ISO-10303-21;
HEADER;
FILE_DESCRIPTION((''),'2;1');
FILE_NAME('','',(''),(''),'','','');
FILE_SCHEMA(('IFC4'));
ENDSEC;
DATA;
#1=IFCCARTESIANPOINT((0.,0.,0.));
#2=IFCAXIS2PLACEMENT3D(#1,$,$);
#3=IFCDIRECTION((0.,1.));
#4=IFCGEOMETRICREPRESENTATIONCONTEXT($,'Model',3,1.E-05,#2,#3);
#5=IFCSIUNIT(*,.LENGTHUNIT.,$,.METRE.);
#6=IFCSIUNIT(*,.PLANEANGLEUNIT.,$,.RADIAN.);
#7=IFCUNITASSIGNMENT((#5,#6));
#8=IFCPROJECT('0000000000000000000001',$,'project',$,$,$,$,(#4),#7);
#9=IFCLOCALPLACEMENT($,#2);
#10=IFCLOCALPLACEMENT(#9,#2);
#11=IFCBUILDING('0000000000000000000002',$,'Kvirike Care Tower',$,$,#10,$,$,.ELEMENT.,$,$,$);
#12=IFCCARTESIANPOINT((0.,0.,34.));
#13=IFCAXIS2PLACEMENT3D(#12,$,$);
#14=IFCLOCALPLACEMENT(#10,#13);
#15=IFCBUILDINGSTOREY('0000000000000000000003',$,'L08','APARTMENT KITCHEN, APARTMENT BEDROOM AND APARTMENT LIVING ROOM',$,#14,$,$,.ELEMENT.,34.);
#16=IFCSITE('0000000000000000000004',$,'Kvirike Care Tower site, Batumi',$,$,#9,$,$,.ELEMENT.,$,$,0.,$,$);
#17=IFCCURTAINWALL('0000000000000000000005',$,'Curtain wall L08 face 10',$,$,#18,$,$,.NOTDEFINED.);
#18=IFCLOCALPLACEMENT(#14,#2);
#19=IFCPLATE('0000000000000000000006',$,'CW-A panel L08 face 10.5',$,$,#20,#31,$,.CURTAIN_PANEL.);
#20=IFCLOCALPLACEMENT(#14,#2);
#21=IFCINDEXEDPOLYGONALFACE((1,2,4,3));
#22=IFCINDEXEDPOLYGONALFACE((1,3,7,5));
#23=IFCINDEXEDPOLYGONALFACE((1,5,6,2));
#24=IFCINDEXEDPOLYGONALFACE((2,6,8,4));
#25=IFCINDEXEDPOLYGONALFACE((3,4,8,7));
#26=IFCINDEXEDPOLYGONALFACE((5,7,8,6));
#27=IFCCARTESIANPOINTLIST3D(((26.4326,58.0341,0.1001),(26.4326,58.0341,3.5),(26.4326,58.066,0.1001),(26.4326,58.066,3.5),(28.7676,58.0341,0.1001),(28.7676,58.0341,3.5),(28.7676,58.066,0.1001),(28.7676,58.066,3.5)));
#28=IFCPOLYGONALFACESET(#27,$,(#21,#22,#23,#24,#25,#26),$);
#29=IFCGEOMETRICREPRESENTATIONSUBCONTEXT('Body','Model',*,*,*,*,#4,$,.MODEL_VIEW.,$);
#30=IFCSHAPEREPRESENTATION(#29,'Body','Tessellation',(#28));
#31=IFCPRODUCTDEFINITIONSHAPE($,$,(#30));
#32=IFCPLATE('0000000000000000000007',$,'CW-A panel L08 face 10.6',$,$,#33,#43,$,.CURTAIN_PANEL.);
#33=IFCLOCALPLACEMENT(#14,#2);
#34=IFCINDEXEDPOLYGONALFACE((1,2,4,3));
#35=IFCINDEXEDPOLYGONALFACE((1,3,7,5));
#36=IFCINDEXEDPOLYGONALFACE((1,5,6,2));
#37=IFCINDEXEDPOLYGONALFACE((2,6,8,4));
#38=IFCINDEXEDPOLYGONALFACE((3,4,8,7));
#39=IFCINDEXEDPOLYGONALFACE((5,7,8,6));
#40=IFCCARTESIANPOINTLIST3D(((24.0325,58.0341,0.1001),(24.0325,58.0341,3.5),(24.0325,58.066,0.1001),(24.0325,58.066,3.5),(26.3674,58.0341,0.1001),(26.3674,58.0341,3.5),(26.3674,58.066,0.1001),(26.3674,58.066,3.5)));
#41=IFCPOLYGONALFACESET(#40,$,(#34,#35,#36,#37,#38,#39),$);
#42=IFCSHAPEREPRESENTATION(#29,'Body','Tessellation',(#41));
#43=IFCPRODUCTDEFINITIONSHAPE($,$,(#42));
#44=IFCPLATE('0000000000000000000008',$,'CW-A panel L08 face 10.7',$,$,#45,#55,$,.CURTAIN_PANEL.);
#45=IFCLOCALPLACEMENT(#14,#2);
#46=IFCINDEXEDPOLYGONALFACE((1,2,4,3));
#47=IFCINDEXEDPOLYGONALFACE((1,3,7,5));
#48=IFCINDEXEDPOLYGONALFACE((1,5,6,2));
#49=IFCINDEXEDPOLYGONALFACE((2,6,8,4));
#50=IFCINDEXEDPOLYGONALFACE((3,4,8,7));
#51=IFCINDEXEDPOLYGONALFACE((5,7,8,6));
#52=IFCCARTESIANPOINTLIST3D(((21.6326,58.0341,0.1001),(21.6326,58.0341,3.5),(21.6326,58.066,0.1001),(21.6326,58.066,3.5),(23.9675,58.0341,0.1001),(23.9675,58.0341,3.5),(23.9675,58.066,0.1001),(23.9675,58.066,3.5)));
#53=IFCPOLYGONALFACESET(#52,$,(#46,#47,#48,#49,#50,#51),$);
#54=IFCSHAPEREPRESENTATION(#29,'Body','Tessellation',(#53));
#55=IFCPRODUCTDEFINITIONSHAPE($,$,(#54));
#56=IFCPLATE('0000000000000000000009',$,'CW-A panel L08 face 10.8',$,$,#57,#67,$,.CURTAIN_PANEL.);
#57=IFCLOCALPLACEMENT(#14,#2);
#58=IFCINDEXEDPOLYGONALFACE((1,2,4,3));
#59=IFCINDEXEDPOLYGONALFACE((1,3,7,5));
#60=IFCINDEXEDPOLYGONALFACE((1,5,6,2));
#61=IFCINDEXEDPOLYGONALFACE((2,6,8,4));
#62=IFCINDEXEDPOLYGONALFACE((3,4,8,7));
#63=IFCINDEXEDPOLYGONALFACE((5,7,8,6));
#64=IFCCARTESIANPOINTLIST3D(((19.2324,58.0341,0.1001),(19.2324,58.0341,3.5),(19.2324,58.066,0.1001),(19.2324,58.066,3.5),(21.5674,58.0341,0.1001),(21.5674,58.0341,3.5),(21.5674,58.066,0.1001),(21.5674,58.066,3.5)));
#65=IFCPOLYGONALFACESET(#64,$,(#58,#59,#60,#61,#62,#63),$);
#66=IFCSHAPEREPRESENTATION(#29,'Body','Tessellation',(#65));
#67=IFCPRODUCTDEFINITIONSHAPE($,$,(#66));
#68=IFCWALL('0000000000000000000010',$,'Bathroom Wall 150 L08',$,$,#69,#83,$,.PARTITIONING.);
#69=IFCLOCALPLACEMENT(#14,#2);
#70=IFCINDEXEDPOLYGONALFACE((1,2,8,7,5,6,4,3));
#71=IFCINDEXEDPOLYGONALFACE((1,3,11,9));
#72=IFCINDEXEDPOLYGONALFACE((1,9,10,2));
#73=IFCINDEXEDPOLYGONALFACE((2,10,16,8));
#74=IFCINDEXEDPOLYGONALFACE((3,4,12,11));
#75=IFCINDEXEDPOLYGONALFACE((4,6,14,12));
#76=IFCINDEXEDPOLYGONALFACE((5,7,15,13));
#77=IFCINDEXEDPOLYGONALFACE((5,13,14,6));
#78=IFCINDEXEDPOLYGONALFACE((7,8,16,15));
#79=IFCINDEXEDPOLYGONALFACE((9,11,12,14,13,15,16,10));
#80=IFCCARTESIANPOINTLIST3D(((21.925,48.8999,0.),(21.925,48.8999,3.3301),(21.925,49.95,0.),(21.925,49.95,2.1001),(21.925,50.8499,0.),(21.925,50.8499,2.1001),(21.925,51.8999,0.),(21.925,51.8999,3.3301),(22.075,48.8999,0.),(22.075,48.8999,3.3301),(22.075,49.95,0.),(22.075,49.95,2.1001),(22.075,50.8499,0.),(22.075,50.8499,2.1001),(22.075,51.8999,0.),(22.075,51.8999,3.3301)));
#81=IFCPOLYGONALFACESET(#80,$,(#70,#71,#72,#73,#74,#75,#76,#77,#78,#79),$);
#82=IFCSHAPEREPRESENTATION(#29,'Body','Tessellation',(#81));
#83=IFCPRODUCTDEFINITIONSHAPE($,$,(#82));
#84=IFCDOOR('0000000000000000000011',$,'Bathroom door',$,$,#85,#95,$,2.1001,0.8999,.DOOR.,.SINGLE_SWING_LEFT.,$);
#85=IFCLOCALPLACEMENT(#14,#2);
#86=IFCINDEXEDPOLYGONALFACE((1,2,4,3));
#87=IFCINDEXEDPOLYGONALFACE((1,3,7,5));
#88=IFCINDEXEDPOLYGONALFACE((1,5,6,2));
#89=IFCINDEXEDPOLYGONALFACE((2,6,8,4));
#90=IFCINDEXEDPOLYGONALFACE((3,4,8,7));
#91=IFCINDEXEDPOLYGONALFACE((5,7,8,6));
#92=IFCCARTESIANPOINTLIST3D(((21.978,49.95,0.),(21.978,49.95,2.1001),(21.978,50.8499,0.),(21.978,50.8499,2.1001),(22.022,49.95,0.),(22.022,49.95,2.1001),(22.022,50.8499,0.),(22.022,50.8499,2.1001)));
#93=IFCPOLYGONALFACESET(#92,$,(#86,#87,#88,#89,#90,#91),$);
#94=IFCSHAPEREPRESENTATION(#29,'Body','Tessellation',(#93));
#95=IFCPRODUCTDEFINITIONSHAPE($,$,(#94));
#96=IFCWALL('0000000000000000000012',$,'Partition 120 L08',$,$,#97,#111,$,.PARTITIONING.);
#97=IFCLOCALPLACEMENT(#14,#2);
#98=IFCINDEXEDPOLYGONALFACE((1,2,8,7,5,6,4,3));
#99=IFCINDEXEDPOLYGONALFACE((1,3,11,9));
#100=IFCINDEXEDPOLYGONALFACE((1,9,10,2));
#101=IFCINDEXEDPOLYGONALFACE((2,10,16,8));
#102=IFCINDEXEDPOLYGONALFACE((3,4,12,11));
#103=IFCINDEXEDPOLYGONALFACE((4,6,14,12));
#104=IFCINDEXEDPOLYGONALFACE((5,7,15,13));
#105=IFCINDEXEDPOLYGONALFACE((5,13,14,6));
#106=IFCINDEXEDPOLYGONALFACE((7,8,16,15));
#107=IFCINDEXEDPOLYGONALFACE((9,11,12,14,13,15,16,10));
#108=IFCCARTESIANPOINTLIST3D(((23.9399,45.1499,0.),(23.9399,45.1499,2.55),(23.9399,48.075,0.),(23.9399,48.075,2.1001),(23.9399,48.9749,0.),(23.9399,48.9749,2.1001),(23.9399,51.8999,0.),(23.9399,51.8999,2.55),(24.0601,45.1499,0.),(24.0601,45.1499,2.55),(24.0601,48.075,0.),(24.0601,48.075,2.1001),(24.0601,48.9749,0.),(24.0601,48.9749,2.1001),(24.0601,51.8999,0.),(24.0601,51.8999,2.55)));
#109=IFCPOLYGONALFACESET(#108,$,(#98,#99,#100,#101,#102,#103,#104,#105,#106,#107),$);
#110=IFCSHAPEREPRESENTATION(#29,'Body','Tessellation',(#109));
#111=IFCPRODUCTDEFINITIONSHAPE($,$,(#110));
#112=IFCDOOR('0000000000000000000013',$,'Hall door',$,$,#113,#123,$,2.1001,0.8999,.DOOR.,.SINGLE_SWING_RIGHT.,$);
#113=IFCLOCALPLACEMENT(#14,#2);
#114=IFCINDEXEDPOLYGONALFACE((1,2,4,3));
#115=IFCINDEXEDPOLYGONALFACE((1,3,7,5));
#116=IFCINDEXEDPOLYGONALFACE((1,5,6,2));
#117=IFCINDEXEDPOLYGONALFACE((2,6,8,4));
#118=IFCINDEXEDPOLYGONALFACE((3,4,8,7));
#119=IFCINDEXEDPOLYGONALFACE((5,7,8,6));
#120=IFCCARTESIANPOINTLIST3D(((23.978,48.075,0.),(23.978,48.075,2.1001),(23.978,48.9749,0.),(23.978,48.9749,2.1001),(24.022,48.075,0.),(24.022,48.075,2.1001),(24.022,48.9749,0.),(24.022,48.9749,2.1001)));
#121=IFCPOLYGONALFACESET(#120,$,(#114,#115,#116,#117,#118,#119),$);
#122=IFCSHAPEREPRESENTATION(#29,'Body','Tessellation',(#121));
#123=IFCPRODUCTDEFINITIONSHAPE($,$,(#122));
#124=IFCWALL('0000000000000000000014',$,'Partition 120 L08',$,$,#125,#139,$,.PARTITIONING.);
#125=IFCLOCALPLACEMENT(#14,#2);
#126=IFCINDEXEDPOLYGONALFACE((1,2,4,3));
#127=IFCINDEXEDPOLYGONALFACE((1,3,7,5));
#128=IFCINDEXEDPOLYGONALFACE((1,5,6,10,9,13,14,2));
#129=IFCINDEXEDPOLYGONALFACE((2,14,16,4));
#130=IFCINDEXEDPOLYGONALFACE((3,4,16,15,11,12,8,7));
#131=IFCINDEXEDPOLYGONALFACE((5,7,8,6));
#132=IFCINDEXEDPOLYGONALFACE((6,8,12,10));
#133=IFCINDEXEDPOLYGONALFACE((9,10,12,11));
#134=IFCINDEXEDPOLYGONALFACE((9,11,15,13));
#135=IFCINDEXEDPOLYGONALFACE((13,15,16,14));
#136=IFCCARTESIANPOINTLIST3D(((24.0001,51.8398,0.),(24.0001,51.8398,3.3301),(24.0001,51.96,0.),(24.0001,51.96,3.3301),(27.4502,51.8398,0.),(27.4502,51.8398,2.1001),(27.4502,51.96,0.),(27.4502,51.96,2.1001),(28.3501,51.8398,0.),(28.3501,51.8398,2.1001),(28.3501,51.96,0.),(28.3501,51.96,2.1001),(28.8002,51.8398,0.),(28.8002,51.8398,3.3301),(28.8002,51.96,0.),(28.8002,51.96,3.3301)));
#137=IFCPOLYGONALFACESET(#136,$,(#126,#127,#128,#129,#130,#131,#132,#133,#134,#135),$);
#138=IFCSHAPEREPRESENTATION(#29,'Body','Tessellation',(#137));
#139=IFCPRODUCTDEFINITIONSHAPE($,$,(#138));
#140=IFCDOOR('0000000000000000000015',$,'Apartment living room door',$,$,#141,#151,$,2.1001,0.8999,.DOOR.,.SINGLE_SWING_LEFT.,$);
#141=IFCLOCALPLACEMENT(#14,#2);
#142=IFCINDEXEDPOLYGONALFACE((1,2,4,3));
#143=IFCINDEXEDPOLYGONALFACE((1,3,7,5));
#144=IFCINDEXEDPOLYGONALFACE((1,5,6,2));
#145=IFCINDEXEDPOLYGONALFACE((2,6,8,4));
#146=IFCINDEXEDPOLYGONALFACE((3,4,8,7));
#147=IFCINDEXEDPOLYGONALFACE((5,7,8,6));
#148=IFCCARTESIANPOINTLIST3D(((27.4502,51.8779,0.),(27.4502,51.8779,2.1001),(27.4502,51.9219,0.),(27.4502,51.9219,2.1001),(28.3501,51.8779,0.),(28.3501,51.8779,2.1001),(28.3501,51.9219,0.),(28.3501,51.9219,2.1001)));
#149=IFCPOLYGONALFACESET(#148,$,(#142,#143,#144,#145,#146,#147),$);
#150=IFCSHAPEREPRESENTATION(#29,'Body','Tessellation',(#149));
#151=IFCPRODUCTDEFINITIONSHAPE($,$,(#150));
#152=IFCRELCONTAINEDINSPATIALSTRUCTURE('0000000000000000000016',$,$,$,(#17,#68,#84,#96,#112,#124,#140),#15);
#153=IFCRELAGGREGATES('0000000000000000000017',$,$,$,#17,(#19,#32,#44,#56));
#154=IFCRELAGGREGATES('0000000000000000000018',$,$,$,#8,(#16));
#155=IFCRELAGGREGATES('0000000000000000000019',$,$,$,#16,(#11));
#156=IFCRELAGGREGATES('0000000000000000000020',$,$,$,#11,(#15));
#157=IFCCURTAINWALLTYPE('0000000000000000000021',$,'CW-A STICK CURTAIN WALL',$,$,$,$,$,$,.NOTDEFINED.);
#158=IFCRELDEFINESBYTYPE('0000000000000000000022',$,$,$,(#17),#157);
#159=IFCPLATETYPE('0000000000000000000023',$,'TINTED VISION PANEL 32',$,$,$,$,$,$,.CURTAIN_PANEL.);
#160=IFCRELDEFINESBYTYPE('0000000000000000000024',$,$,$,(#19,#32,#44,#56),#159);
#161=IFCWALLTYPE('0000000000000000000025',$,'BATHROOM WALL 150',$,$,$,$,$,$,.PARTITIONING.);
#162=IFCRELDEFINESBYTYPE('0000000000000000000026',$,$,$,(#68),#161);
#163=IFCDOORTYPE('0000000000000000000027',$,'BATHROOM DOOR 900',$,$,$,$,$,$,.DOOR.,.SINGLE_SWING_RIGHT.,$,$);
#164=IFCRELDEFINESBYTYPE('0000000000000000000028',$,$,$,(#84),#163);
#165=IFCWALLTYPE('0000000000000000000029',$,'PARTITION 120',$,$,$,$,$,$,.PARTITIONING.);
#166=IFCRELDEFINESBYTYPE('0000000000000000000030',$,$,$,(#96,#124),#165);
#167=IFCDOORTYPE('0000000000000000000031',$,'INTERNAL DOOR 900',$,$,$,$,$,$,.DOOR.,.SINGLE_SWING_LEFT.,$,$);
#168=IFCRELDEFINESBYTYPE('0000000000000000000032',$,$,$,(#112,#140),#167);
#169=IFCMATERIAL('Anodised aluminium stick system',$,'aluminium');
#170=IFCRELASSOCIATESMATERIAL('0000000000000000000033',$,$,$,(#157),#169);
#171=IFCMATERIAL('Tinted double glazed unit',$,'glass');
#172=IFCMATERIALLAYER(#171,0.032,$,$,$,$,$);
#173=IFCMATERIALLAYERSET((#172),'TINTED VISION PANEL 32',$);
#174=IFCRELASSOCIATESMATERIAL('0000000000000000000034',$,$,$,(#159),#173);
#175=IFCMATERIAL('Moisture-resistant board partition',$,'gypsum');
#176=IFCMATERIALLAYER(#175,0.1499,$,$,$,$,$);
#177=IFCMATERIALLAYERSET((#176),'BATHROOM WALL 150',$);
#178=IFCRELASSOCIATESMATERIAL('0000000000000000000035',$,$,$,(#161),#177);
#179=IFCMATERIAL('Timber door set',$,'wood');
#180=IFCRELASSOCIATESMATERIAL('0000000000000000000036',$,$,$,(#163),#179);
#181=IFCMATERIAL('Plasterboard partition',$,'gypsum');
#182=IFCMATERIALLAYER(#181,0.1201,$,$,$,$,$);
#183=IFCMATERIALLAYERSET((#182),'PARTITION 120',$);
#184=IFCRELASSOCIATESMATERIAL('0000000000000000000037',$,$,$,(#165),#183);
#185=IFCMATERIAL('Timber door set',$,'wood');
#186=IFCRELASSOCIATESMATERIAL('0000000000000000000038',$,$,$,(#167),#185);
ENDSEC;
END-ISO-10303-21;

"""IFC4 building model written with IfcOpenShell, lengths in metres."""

from ifc_helpers import new_model, si_unit, direction, frame, frame_2d, origin, origin_2d, place, context, subcontext, project, spatial, rectangle, extrude, material, layer, layer_set, type_object, element, fill, aggregate, save


model = new_model("IFC4")

# Units and contexts
model_context = context("Model", 3, precision=1e-05, world=origin(), true_north=direction((0.0, 1.0)))
body_context = subcontext(model_context, "Body", "Model", "MODEL_VIEW")
ifc_project = project(units=[si_unit("LENGTHUNIT", "METRE"), si_unit("PLANEANGLEUNIT", "RADIAN")], contexts=[model_context])

# Site, building, storey
site_placement = place(None, origin())
site = spatial("IfcSite", under=ifc_project, at=site_placement, Name="Kvirike Care Tower site, Batumi", CompositionType="ELEMENT", RefElevation=0.0)
building_placement = place(site_placement, origin())
building = spatial("IfcBuilding", under=site, at=building_placement, Name="Kvirike Care Tower", CompositionType="ELEMENT")
storey_placement = place(building_placement, frame((0.0, 0.0, 34.0)))
storey = spatial("IfcBuildingStorey", under=building, at=storey_placement, Name="L08", Description="APARTMENT KITCHEN, APARTMENT BEDROOM AND APARTMENT LIVING ROOM", CompositionType="ELEMENT", Elevation=34.0)

# Curtain wall
ifc_material_1 = material(Name="Anodised aluminium stick system", Category="aluminium")
curtain_wall_type = type_object("IfcCurtainWallType", Name="CW-A STICK CURTAIN WALL", PredefinedType="NOTDEFINED", material=ifc_material_1)
curtain_wall_placement = place(storey_placement, origin())
curtain_wall = element("IfcCurtainWall", 1, at=curtain_wall_placement, inside=storey, type_object=curtain_wall_type, Name="Curtain wall L08 face 10", PredefinedType="NOTDEFINED")

# Plates
ifc_material_2 = material(Name="Tinted double glazed unit", Category="glass")
ifc_layer_1 = layer(ifc_material_2, 0.032)
ifc_layer_set_1 = layer_set([ifc_layer_1], Name="TINTED VISION PANEL 32")
plate_type = type_object("IfcPlateType", Name="TINTED VISION PANEL 32", PredefinedType="CURTAIN_PANEL", material=ifc_layer_set_1)
plate_1_placement = place(storey_placement, frame((27.6001, 58.05, 0.1001), z_axis=(0.0, 0.0, 1.0), x_axis=(-1.0, 0.0, 0.0)))
plate_1 = element("IfcPlate", 2, at=plate_1_placement, type_object=plate_type, Name="CW-A panel L08 face 10.5", PredefinedType="CURTAIN_PANEL", context=body_context, shape_type="SweptSolid", body=[
    extrude(rectangle(XDim=2.335, YDim=0.032, at=origin_2d()), origin(), (0.0, 0.0, 1.0), 3.3999),
])
plate_2_placement = place(storey_placement, frame((25.2, 58.05, 0.1001), z_axis=(0.0, 0.0, 1.0), x_axis=(-1.0, 0.0, 0.0)))
plate_2 = element("IfcPlate", 3, at=plate_2_placement, type_object=plate_type, Name="CW-A panel L08 face 10.6", PredefinedType="CURTAIN_PANEL", context=body_context, shape_type="SweptSolid", body=[
    extrude(rectangle(XDim=2.335, YDim=0.032, at=origin_2d()), origin(), (0.0, 0.0, 1.0), 3.3999),
])
plate_3_placement = place(storey_placement, frame((22.8, 58.05, 0.1001), z_axis=(0.0, 0.0, 1.0), x_axis=(-1.0, 0.0, 0.0)))
plate_3 = element("IfcPlate", 4, at=plate_3_placement, type_object=plate_type, Name="CW-A panel L08 face 10.7", PredefinedType="CURTAIN_PANEL", context=body_context, shape_type="SweptSolid", body=[
    extrude(rectangle(XDim=2.335, YDim=0.032, at=origin_2d()), origin(), (0.0, 0.0, 1.0), 3.3999),
])
plate_4_placement = place(storey_placement, frame((20.3999, 58.05, 0.1001), z_axis=(0.0, 0.0, 1.0), x_axis=(-1.0, 0.0, 0.0)))
plate_4 = element("IfcPlate", 5, at=plate_4_placement, type_object=plate_type, Name="CW-A panel L08 face 10.8", PredefinedType="CURTAIN_PANEL", context=body_context, shape_type="SweptSolid", body=[
    extrude(rectangle(XDim=2.335, YDim=0.032, at=origin_2d()), origin(), (0.0, 0.0, 1.0), 3.3999),
])
aggregate(curtain_wall, [plate_1, plate_2, plate_3, plate_4])

# Walls, openings, doors
ifc_material_3 = material(Name="Moisture-resistant board partition", Category="gypsum")
ifc_layer_2 = layer(ifc_material_3, 0.1499)
ifc_layer_set_2 = layer_set([ifc_layer_2], Name="BATHROOM WALL 150")
wall_type_1 = type_object("IfcWallType", Name="BATHROOM WALL 150", PredefinedType="PARTITIONING", material=ifc_layer_set_2)
wall_1_placement = place(storey_placement, frame((22.0, 51.8999, 0.0), z_axis=(0.0, 0.0, 1.0), x_axis=(0.0, -1.0, 0.0)))
wall_1 = element("IfcWall", 6, at=wall_1_placement, inside=storey, type_object=wall_type_1, Name="Bathroom Wall 150 L08", PredefinedType="PARTITIONING", context=body_context, shape_type="SweptSolid", body=[
    extrude(rectangle(XDim=3.0, YDim=0.1499, at=frame_2d((1.5, 0.0))), origin(), (0.0, 0.0, 1.0), 3.3301),
])
opening_1_placement = place(wall_1_placement, frame((1.05, 0.0, 0.0)))
opening_1 = element("IfcOpeningElement", 7, at=opening_1_placement, cuts=wall_1, PredefinedType="OPENING", context=body_context, shape_type="SweptSolid", body=[
    extrude(rectangle(XDim=0.8999, YDim=2.1001, at=frame_2d((0.45, 1.05))), frame((0.0, 0.0854, 0.0), z_axis=(0.0, -1.0, 0.0), x_axis=(1.0, 0.0, 0.0)), (0.0, 0.0, 1.0), 0.1709),
])
ifc_material_4 = material(Name="Timber door set", Category="wood")
door_type_1 = type_object("IfcDoorType", Name="BATHROOM DOOR 900", OperationType="SINGLE_SWING_RIGHT", PredefinedType="DOOR", material=ifc_material_4)
door_1_placement = place(opening_1_placement, frame((0.8999, 0.0, 0.0), z_axis=(0.0, 0.0, 1.0), x_axis=(-1.0, 0.0, 0.0)))
door_1 = element("IfcDoor", 8, at=door_1_placement, inside=storey, type_object=door_type_1, Name="Bathroom door", OperationType="SINGLE_SWING_LEFT", OverallHeight=2.1001, OverallWidth=0.8999, PredefinedType="DOOR", context=body_context, shape_type="SweptSolid", body=[
    extrude(rectangle(XDim=0.8999, YDim=2.1001, at=frame_2d((0.45, 1.05))), frame((0.0, 0.022, 0.0), z_axis=(0.0, -1.0, 0.0), x_axis=(1.0, 0.0, 0.0)), (0.0, 0.0, 1.0), 0.0439),
])
fill(opening_1, door_1)
ifc_material_5 = material(Name="Plasterboard partition", Category="gypsum")
ifc_layer_3 = layer(ifc_material_5, 0.1201)
ifc_layer_set_3 = layer_set([ifc_layer_3], Name="PARTITION 120")
wall_type_2 = type_object("IfcWallType", Name="PARTITION 120", PredefinedType="PARTITIONING", material=ifc_layer_set_3)
wall_2_placement = place(storey_placement, frame((24.0, 51.8999, 0.0), z_axis=(0.0, 0.0, 1.0), x_axis=(0.0, -1.0, 0.0)))
wall_2 = element("IfcWall", 9, at=wall_2_placement, inside=storey, type_object=wall_type_2, Name="Partition 120 L08", PredefinedType="PARTITIONING", context=body_context, shape_type="SweptSolid", body=[
    extrude(rectangle(XDim=6.75, YDim=0.1201, at=frame_2d((3.375, 0.0))), origin(), (0.0, 0.0, 1.0), 2.55),
])
opening_2_placement = place(wall_2_placement, frame((2.925, 0.0, 0.0)))
opening_2 = element("IfcOpeningElement", 10, at=opening_2_placement, cuts=wall_2, PredefinedType="OPENING", context=body_context, shape_type="SweptSolid", body=[
    extrude(rectangle(XDim=0.8999, YDim=2.1001, at=frame_2d((0.45, 1.05))), frame((0.0, 0.0706, 0.0), z_axis=(0.0, -1.0, 0.0), x_axis=(1.0, 0.0, 0.0)), (0.0, 0.0, 1.0), 0.1411),
])
ifc_material_6 = material(Name="Timber door set", Category="wood")
door_type_2 = type_object("IfcDoorType", Name="INTERNAL DOOR 900", OperationType="SINGLE_SWING_LEFT", PredefinedType="DOOR", material=ifc_material_6)
door_2_placement = place(opening_2_placement, frame((0.8999, 0.0, 0.0), z_axis=(0.0, 0.0, 1.0), x_axis=(-1.0, 0.0, 0.0)))
door_2 = element("IfcDoor", 11, at=door_2_placement, inside=storey, type_object=door_type_2, Name="Hall door", OperationType="SINGLE_SWING_RIGHT", OverallHeight=2.1001, OverallWidth=0.8999, PredefinedType="DOOR", context=body_context, shape_type="SweptSolid", body=[
    extrude(rectangle(XDim=0.8999, YDim=2.1001, at=frame_2d((0.45, 1.05))), frame((0.0, 0.022, 0.0), z_axis=(0.0, -1.0, 0.0), x_axis=(1.0, 0.0, 0.0)), (0.0, 0.0, 1.0), 0.0439),
])
fill(opening_2, door_2)
wall_3_placement = place(storey_placement, frame((28.8, 51.8999, 0.0), z_axis=(0.0, 0.0, 1.0), x_axis=(-1.0, 0.0, 0.0)))
wall_3 = element("IfcWall", 12, at=wall_3_placement, inside=storey, type_object=wall_type_2, Name="Partition 120 L08", PredefinedType="PARTITIONING", context=body_context, shape_type="SweptSolid", body=[
    extrude(rectangle(XDim=4.8, YDim=0.1201, at=frame_2d((2.3999, 0.0))), origin(), (0.0, 0.0, 1.0), 3.3301),
])
opening_3_placement = place(wall_3_placement, frame((0.45, 0.0, 0.0)))
opening_3 = element("IfcOpeningElement", 13, at=opening_3_placement, cuts=wall_3, PredefinedType="OPENING", context=body_context, shape_type="SweptSolid", body=[
    extrude(rectangle(XDim=0.8999, YDim=2.1001, at=frame_2d((0.45, 1.05))), frame((0.0, 0.0706, 0.0), z_axis=(0.0, -1.0, 0.0), x_axis=(1.0, 0.0, 0.0)), (0.0, 0.0, 1.0), 0.1411),
])
door_3_placement = place(opening_3_placement, frame((0.8999, 0.0, 0.0), z_axis=(0.0, 0.0, 1.0), x_axis=(-1.0, 0.0, 0.0)))
door_3 = element("IfcDoor", 14, at=door_3_placement, inside=storey, type_object=door_type_2, Name="Apartment living room door", OperationType="SINGLE_SWING_LEFT", OverallHeight=2.1001, OverallWidth=0.8999, PredefinedType="DOOR", context=body_context, shape_type="SweptSolid", body=[
    extrude(rectangle(XDim=0.8999, YDim=2.1001, at=frame_2d((0.45, 1.05))), frame((0.0, 0.022, 0.0), z_axis=(0.0, -1.0, 0.0), x_axis=(1.0, 0.0, 0.0)), (0.0, 0.0, 1.0), 0.0439),
])
fill(opening_3, door_3)

save(model, "model.ifc")
